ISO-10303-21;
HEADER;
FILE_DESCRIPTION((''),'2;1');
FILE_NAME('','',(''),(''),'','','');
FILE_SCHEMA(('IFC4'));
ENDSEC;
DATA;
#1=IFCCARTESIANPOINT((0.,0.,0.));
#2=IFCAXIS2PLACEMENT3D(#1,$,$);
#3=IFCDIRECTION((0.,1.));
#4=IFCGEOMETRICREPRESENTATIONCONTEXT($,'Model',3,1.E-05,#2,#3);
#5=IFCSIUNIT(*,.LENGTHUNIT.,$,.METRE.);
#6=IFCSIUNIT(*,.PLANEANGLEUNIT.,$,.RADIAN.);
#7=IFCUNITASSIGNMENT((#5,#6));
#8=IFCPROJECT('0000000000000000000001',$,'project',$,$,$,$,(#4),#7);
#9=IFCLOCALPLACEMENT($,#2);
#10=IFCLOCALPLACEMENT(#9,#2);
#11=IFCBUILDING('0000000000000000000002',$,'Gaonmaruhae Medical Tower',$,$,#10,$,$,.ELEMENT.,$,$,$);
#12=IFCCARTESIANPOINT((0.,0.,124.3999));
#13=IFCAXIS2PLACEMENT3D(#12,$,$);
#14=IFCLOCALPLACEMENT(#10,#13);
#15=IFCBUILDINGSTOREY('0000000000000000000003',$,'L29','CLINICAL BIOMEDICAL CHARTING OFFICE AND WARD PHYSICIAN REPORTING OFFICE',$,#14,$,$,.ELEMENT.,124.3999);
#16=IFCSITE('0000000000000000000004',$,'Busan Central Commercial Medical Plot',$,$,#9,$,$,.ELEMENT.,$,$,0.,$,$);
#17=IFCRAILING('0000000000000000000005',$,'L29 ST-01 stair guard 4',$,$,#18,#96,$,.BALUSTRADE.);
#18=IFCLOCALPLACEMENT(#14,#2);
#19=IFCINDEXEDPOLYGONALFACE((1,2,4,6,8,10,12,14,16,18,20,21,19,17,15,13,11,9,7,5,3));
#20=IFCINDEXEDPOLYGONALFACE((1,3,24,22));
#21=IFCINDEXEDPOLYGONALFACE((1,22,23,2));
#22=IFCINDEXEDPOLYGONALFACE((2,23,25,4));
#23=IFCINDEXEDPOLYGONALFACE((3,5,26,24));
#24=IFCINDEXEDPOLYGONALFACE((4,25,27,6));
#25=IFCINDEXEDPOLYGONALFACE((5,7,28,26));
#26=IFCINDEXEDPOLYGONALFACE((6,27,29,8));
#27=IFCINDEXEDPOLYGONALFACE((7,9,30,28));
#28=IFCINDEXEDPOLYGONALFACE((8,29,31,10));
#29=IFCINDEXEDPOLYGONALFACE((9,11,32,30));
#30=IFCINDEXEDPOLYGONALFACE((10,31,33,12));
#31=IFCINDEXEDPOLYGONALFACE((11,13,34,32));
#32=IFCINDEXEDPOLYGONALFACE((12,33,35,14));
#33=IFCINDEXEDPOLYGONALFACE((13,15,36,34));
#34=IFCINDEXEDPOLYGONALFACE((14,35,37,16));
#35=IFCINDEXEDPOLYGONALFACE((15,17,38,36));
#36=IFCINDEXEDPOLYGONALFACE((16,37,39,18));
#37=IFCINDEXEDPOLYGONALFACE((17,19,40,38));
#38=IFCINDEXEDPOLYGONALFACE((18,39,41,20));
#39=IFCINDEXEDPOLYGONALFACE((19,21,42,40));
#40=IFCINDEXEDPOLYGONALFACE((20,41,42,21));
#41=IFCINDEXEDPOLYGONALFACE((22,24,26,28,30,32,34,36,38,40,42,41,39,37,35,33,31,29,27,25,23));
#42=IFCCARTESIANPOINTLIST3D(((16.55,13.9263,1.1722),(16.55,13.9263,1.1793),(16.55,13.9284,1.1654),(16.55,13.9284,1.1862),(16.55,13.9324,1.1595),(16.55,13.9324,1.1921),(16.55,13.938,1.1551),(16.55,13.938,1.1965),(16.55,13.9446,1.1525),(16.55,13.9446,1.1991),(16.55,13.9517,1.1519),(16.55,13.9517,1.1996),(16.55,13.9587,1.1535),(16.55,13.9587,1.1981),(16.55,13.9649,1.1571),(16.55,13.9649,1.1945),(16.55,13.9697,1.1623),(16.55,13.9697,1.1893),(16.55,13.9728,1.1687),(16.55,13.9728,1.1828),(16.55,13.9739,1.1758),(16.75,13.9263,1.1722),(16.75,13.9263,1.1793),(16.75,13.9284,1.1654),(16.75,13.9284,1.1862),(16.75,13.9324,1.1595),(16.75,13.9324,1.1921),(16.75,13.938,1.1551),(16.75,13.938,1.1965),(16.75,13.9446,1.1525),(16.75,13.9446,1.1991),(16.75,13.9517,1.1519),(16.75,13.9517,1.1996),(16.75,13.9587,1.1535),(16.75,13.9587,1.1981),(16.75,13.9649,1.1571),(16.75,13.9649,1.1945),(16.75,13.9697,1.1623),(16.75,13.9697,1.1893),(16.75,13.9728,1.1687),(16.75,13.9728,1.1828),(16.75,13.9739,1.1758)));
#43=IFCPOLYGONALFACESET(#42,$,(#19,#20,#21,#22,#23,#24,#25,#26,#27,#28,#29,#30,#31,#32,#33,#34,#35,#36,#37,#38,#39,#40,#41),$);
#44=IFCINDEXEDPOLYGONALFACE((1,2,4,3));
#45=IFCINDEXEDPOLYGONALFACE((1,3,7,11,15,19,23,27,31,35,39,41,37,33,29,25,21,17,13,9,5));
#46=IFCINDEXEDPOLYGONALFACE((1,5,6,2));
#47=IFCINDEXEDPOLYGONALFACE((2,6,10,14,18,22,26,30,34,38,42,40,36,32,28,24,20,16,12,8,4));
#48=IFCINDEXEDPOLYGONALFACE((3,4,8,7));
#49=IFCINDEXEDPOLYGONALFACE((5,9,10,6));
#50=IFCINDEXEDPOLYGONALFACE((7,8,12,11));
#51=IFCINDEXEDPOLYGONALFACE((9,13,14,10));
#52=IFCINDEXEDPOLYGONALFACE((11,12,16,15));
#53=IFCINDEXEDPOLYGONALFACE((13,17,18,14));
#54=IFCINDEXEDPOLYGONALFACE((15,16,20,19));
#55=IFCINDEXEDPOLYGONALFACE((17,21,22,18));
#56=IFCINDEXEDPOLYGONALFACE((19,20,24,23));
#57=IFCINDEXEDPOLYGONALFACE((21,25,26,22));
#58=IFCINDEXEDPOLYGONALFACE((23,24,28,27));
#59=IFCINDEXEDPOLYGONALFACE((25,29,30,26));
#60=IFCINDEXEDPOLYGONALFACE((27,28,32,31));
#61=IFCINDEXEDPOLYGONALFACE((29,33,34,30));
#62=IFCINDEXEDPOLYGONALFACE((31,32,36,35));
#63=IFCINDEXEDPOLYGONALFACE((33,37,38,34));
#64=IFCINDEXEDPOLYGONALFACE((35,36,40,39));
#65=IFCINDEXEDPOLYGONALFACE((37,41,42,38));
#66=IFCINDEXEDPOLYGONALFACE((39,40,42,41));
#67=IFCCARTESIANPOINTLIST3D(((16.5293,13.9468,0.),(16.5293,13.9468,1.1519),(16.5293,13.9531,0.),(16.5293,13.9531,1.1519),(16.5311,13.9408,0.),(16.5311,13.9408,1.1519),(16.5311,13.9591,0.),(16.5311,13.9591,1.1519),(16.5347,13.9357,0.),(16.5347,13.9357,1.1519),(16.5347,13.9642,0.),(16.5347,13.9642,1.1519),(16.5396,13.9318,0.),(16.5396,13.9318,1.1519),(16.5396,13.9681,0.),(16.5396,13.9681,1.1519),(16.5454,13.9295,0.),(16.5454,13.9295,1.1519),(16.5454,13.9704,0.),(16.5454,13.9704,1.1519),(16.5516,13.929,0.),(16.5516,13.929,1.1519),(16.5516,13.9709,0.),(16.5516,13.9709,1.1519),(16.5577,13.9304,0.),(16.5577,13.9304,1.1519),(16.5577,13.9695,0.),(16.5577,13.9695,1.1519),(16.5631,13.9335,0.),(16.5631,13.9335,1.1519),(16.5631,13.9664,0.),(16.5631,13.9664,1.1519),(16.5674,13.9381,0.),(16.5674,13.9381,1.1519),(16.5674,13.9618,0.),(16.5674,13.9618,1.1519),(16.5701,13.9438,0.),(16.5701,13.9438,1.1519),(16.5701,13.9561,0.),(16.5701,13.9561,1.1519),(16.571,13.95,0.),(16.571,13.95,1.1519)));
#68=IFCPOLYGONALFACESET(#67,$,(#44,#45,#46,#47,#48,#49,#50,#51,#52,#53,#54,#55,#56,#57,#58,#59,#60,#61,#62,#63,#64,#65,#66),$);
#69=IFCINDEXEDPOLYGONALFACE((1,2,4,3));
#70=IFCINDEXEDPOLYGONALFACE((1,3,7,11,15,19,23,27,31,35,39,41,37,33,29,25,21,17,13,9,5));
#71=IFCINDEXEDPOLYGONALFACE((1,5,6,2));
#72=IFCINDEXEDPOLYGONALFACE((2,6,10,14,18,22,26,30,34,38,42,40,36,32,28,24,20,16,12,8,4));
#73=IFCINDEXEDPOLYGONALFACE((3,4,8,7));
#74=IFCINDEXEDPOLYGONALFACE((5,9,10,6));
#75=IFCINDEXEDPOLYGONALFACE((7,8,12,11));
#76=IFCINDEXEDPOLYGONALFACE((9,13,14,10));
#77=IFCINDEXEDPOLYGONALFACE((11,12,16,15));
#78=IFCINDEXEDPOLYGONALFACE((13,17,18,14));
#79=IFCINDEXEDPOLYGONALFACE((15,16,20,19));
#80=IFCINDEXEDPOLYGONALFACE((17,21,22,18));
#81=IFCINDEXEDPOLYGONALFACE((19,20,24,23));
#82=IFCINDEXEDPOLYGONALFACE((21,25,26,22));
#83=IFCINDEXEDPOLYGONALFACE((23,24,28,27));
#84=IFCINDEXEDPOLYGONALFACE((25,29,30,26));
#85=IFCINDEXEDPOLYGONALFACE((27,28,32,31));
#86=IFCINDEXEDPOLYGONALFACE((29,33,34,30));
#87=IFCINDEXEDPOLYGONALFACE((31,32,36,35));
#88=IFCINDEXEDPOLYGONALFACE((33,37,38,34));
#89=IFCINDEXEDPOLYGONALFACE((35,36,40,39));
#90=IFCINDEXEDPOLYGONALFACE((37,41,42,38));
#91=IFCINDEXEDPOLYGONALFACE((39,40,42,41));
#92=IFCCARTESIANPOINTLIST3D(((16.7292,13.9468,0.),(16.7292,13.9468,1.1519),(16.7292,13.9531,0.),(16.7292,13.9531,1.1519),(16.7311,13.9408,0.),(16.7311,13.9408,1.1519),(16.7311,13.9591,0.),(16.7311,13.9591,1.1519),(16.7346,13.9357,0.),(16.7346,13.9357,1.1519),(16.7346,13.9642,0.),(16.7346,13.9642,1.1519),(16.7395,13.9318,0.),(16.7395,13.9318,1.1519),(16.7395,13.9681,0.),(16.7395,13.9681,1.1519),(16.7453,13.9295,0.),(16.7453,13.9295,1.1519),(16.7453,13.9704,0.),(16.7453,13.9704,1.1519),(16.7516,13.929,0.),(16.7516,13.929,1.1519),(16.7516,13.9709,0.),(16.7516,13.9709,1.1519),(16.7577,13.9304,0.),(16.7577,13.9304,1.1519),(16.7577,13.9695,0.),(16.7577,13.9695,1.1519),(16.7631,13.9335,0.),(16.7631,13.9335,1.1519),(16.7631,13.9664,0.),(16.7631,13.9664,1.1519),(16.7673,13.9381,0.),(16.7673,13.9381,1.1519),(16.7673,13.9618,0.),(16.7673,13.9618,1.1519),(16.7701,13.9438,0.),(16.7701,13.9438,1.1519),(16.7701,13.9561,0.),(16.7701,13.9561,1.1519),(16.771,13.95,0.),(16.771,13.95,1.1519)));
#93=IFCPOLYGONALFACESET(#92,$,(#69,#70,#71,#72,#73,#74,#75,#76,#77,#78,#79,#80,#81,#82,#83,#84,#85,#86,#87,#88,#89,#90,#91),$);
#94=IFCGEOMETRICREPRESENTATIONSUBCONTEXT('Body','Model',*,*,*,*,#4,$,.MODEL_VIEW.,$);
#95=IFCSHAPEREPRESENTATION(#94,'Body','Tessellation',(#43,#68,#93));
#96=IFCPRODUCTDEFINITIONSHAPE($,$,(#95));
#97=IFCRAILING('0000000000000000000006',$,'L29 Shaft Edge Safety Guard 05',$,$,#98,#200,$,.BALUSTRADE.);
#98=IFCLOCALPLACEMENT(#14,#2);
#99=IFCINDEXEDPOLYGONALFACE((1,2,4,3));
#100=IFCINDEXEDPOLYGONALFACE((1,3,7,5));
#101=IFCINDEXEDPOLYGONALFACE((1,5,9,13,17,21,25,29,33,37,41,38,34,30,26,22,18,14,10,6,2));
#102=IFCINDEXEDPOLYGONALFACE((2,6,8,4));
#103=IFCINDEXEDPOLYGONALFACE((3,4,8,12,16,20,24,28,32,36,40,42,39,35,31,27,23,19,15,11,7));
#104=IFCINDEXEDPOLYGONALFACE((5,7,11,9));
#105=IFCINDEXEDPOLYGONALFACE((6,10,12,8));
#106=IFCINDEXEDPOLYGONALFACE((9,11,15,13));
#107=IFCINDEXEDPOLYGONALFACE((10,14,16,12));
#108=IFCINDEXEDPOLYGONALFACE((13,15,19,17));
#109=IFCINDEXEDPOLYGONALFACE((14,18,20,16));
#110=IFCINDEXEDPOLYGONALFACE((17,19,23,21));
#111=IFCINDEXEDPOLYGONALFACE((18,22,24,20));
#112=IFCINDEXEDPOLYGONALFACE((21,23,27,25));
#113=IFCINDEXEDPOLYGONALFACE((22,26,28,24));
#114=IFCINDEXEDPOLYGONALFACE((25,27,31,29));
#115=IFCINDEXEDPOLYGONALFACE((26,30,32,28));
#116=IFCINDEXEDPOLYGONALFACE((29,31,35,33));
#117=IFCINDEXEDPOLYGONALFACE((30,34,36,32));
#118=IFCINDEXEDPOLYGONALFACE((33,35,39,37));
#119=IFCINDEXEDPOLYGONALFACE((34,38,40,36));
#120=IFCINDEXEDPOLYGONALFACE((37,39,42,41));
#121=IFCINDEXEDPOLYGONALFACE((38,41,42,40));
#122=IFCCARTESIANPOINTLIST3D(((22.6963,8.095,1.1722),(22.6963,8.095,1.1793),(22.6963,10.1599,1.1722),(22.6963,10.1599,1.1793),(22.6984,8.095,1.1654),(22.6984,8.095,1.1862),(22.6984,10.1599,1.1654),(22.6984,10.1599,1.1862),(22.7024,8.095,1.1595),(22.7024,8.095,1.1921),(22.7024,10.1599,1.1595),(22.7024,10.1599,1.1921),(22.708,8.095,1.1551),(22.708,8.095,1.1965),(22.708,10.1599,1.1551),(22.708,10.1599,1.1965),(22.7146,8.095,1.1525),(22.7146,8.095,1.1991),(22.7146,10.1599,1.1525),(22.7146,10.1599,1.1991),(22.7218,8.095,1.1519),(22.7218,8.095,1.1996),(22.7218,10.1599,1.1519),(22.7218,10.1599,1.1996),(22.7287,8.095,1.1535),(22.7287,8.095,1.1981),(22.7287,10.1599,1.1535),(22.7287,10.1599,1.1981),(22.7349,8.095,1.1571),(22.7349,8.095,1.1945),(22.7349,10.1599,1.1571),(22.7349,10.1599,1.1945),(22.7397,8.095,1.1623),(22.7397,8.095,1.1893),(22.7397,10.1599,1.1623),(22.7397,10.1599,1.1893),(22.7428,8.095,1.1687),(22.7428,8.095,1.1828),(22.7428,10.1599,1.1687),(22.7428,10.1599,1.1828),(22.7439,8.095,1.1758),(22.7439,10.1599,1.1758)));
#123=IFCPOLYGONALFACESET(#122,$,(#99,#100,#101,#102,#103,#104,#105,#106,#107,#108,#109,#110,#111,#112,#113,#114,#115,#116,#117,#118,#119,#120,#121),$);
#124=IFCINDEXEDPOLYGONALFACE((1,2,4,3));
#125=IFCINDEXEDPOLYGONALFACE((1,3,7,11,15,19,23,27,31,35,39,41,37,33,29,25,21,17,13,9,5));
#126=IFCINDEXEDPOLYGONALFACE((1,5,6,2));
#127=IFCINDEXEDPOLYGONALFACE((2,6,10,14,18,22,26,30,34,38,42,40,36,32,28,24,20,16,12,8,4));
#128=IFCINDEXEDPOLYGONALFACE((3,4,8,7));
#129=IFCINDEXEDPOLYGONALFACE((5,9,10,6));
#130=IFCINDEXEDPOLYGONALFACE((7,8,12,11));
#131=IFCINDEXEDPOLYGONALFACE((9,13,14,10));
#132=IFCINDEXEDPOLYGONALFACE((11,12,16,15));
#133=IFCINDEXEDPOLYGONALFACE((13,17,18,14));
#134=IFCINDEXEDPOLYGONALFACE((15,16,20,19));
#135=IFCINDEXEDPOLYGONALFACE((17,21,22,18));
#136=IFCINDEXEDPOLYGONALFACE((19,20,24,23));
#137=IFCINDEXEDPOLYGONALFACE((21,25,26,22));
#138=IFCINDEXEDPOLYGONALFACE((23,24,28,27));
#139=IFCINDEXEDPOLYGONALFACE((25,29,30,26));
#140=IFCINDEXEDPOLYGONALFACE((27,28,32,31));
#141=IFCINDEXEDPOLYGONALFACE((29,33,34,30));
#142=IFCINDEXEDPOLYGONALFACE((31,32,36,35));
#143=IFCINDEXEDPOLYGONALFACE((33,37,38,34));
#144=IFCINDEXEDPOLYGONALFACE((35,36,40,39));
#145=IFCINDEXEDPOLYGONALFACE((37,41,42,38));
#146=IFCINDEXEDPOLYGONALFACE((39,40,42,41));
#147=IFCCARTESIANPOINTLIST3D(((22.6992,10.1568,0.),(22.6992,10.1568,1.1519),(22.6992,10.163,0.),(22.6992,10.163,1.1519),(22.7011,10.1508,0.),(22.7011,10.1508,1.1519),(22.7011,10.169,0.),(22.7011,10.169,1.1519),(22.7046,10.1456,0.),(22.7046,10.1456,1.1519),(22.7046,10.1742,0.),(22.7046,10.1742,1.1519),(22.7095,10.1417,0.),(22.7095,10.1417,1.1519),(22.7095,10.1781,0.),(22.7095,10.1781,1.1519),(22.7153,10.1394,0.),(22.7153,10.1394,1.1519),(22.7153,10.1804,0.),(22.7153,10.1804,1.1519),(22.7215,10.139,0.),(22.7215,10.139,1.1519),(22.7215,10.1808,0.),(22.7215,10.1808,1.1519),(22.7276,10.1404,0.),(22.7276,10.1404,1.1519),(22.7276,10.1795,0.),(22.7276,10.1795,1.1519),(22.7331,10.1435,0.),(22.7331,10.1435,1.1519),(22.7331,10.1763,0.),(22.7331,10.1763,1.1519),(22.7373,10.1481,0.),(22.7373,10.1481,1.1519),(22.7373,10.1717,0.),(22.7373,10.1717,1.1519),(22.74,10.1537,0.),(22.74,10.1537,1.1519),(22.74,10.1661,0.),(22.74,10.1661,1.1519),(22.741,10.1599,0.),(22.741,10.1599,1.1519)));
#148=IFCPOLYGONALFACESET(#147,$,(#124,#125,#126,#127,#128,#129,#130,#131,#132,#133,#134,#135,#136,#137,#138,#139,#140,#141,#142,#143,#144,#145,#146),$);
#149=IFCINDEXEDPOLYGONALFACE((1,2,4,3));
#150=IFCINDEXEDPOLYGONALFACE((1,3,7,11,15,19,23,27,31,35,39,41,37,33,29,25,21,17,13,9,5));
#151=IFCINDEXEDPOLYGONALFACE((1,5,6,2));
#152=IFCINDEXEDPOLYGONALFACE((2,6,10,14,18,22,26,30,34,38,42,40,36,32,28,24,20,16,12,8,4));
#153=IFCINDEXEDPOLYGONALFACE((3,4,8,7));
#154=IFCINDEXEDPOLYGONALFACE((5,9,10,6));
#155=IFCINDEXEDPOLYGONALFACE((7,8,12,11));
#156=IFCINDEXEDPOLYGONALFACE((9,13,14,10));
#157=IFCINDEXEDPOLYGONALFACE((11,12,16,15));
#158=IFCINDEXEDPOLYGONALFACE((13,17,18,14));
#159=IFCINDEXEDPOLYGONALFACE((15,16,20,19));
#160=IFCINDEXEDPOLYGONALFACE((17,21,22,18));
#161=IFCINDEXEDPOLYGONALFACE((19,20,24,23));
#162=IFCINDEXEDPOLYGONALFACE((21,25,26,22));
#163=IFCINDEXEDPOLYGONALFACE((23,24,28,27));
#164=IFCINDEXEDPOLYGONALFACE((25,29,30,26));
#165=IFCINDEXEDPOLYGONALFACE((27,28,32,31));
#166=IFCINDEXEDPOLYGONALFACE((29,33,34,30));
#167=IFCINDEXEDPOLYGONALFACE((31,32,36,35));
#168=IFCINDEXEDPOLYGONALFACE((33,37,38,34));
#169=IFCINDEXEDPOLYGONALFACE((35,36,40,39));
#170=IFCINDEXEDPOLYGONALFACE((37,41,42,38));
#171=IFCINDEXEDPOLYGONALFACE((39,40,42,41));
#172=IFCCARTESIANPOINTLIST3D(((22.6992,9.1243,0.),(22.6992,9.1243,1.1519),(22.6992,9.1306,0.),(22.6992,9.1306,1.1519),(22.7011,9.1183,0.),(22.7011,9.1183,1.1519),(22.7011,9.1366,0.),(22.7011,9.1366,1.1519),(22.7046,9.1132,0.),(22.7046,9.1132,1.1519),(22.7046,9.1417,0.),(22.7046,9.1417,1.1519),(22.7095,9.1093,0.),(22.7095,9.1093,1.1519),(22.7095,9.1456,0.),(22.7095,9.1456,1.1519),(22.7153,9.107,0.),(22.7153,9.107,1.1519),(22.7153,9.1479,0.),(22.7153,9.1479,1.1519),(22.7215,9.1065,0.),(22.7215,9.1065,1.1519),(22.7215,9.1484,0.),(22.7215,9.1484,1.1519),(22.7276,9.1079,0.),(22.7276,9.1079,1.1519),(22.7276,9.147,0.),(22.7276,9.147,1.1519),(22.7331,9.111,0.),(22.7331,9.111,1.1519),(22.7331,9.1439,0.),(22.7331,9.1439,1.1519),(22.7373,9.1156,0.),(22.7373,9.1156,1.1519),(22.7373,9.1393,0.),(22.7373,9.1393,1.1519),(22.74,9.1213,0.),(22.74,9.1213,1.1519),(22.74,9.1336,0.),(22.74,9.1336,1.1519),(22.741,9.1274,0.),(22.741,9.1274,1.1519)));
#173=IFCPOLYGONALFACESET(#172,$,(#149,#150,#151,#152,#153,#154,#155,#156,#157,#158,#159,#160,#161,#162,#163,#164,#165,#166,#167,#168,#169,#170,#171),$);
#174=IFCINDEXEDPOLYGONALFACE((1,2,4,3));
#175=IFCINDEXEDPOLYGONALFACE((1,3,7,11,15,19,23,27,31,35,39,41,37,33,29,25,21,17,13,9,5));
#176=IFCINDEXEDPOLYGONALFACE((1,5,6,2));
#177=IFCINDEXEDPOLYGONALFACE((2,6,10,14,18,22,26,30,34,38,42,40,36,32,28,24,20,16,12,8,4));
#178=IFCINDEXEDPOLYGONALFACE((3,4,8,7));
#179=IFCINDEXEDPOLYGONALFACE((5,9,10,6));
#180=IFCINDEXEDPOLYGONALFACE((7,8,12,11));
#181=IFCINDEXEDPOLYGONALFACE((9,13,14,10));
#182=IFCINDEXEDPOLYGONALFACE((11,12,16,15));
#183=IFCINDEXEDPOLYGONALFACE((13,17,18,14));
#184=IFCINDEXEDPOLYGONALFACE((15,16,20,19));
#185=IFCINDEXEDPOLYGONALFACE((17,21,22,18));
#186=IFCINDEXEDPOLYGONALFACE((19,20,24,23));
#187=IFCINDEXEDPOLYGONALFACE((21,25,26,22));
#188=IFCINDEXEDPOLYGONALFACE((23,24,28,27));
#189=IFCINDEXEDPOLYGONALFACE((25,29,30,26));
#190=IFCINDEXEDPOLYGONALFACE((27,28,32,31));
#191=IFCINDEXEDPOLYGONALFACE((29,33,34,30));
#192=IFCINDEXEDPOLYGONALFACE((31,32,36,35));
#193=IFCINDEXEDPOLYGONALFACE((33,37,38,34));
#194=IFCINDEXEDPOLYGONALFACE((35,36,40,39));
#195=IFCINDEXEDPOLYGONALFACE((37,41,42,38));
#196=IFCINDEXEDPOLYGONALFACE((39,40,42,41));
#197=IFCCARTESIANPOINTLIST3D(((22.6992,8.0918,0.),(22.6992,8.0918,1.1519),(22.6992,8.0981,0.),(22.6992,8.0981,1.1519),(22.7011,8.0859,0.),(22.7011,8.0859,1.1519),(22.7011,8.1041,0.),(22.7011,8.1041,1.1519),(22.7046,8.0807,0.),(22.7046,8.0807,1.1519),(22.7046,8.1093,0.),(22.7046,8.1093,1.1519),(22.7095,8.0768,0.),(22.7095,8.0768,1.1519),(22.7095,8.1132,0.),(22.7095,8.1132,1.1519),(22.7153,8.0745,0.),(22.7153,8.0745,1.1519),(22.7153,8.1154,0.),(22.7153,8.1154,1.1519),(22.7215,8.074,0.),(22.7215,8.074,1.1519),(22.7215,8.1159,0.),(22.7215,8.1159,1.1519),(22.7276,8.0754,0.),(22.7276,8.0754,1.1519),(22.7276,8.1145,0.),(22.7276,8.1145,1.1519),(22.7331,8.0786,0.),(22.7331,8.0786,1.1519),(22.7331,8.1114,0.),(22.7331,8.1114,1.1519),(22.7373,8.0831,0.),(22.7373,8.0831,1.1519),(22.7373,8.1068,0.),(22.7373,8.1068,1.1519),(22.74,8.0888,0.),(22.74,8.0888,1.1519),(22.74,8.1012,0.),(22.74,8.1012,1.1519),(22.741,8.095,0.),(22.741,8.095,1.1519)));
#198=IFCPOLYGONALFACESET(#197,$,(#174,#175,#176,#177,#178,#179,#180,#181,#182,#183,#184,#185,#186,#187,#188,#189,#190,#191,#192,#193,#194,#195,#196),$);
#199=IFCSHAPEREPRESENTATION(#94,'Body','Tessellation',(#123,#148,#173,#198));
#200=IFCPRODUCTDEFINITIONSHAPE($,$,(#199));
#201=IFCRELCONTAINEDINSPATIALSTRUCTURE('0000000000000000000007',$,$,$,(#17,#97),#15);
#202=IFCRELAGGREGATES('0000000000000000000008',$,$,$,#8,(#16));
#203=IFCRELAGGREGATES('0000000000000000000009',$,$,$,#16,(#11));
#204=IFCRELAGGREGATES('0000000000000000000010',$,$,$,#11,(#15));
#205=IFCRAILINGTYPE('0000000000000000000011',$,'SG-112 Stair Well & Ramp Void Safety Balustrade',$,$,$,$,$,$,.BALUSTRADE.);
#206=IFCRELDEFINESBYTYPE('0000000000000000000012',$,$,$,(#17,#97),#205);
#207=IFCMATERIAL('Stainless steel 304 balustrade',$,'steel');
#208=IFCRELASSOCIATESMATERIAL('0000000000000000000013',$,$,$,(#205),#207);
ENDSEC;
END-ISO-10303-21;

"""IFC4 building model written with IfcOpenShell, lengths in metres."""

from ifc_helpers import new_model, si_unit, direction, frame, origin, origin_2d, place, context, subcontext, project, spatial, circle, extrude, material, type_object, element, save


model = new_model("IFC4")

# Units and contexts
model_context = context("Model", 3, precision=1e-05, world=origin(), true_north=direction((0.0, 1.0)))
body_context = subcontext(model_context, "Body", "Model", "MODEL_VIEW")
ifc_project = project(units=[si_unit("LENGTHUNIT", "METRE"), si_unit("PLANEANGLEUNIT", "RADIAN")], contexts=[model_context])

# Site, building, storey
site_placement = place(None, origin())
site = spatial("IfcSite", under=ifc_project, at=site_placement, Name="Busan Central Commercial Medical Plot", CompositionType="ELEMENT", RefElevation=0.0)
building_placement = place(site_placement, origin())
building = spatial("IfcBuilding", under=site, at=building_placement, Name="Gaonmaruhae Medical Tower", CompositionType="ELEMENT")
storey_placement = place(building_placement, frame((0.0, 0.0, 124.3999)))
storey = spatial("IfcBuildingStorey", under=building, at=storey_placement, Name="L29", Description="CLINICAL BIOMEDICAL CHARTING OFFICE AND WARD PHYSICIAN REPORTING OFFICE", CompositionType="ELEMENT", Elevation=124.3999)

# Railings
ifc_material_1 = material(Name="Stainless steel 304 balustrade", Category="steel")
railing_type_1 = type_object("IfcRailingType", Name="SG-112 Stair Well & Ramp Void Safety Balustrade", PredefinedType="BALUSTRADE", material=ifc_material_1)
railing_1_placement = place(storey_placement, frame((16.55, 13.95, 0.0)))
element("IfcRailing", 1, at=railing_1_placement, inside=storey, type_object=railing_type_1, Name="L29 ST-01 stair guard 4", PredefinedType="BALUSTRADE", context=body_context, shape_type="SweptSolid", body=[
    extrude(circle(Radius=0.0239, at=origin_2d()), frame((0.0, 0.0, 1.1758), z_axis=(1.0, 0.0, 0.0), x_axis=(0.0, 1.0, 0.0)), (0.0, 0.0, 1.0), 0.2),
    extrude(circle(Radius=0.021, at=origin_2d()), origin(), (0.0, 0.0, 1.0), 1.1519),
    extrude(circle(Radius=0.021, at=origin_2d()), frame((0.2, 0.0, 0.0)), (0.0, 0.0, 1.0), 1.1519),
])
railing_2_placement = place(storey_placement, frame((22.72, 10.1599, 0.0)))
element("IfcRailing", 2, at=railing_2_placement, inside=storey, type_object=railing_type_1, Name="L29 Shaft Edge Safety Guard 05", PredefinedType="BALUSTRADE", context=body_context, shape_type="SweptSolid", body=[
    extrude(circle(Radius=0.0239, at=origin_2d()), frame((0.0, 0.0, 1.1758), z_axis=(0.0, -1.0, 0.0), x_axis=(1.0, 0.0, 0.0)), (0.0, 0.0, 1.0), 2.0649),
    extrude(circle(Radius=0.021, at=origin_2d()), origin(), (0.0, 0.0, 1.0), 1.1519),
    extrude(circle(Radius=0.021, at=origin_2d()), frame((0.0, -1.0325, 0.0)), (0.0, 0.0, 1.0), 1.1519),
    extrude(circle(Radius=0.021, at=origin_2d()), frame((0.0, -2.0649, 0.0)), (0.0, 0.0, 1.0), 1.1519),
])

save(model, "model.ifc")
